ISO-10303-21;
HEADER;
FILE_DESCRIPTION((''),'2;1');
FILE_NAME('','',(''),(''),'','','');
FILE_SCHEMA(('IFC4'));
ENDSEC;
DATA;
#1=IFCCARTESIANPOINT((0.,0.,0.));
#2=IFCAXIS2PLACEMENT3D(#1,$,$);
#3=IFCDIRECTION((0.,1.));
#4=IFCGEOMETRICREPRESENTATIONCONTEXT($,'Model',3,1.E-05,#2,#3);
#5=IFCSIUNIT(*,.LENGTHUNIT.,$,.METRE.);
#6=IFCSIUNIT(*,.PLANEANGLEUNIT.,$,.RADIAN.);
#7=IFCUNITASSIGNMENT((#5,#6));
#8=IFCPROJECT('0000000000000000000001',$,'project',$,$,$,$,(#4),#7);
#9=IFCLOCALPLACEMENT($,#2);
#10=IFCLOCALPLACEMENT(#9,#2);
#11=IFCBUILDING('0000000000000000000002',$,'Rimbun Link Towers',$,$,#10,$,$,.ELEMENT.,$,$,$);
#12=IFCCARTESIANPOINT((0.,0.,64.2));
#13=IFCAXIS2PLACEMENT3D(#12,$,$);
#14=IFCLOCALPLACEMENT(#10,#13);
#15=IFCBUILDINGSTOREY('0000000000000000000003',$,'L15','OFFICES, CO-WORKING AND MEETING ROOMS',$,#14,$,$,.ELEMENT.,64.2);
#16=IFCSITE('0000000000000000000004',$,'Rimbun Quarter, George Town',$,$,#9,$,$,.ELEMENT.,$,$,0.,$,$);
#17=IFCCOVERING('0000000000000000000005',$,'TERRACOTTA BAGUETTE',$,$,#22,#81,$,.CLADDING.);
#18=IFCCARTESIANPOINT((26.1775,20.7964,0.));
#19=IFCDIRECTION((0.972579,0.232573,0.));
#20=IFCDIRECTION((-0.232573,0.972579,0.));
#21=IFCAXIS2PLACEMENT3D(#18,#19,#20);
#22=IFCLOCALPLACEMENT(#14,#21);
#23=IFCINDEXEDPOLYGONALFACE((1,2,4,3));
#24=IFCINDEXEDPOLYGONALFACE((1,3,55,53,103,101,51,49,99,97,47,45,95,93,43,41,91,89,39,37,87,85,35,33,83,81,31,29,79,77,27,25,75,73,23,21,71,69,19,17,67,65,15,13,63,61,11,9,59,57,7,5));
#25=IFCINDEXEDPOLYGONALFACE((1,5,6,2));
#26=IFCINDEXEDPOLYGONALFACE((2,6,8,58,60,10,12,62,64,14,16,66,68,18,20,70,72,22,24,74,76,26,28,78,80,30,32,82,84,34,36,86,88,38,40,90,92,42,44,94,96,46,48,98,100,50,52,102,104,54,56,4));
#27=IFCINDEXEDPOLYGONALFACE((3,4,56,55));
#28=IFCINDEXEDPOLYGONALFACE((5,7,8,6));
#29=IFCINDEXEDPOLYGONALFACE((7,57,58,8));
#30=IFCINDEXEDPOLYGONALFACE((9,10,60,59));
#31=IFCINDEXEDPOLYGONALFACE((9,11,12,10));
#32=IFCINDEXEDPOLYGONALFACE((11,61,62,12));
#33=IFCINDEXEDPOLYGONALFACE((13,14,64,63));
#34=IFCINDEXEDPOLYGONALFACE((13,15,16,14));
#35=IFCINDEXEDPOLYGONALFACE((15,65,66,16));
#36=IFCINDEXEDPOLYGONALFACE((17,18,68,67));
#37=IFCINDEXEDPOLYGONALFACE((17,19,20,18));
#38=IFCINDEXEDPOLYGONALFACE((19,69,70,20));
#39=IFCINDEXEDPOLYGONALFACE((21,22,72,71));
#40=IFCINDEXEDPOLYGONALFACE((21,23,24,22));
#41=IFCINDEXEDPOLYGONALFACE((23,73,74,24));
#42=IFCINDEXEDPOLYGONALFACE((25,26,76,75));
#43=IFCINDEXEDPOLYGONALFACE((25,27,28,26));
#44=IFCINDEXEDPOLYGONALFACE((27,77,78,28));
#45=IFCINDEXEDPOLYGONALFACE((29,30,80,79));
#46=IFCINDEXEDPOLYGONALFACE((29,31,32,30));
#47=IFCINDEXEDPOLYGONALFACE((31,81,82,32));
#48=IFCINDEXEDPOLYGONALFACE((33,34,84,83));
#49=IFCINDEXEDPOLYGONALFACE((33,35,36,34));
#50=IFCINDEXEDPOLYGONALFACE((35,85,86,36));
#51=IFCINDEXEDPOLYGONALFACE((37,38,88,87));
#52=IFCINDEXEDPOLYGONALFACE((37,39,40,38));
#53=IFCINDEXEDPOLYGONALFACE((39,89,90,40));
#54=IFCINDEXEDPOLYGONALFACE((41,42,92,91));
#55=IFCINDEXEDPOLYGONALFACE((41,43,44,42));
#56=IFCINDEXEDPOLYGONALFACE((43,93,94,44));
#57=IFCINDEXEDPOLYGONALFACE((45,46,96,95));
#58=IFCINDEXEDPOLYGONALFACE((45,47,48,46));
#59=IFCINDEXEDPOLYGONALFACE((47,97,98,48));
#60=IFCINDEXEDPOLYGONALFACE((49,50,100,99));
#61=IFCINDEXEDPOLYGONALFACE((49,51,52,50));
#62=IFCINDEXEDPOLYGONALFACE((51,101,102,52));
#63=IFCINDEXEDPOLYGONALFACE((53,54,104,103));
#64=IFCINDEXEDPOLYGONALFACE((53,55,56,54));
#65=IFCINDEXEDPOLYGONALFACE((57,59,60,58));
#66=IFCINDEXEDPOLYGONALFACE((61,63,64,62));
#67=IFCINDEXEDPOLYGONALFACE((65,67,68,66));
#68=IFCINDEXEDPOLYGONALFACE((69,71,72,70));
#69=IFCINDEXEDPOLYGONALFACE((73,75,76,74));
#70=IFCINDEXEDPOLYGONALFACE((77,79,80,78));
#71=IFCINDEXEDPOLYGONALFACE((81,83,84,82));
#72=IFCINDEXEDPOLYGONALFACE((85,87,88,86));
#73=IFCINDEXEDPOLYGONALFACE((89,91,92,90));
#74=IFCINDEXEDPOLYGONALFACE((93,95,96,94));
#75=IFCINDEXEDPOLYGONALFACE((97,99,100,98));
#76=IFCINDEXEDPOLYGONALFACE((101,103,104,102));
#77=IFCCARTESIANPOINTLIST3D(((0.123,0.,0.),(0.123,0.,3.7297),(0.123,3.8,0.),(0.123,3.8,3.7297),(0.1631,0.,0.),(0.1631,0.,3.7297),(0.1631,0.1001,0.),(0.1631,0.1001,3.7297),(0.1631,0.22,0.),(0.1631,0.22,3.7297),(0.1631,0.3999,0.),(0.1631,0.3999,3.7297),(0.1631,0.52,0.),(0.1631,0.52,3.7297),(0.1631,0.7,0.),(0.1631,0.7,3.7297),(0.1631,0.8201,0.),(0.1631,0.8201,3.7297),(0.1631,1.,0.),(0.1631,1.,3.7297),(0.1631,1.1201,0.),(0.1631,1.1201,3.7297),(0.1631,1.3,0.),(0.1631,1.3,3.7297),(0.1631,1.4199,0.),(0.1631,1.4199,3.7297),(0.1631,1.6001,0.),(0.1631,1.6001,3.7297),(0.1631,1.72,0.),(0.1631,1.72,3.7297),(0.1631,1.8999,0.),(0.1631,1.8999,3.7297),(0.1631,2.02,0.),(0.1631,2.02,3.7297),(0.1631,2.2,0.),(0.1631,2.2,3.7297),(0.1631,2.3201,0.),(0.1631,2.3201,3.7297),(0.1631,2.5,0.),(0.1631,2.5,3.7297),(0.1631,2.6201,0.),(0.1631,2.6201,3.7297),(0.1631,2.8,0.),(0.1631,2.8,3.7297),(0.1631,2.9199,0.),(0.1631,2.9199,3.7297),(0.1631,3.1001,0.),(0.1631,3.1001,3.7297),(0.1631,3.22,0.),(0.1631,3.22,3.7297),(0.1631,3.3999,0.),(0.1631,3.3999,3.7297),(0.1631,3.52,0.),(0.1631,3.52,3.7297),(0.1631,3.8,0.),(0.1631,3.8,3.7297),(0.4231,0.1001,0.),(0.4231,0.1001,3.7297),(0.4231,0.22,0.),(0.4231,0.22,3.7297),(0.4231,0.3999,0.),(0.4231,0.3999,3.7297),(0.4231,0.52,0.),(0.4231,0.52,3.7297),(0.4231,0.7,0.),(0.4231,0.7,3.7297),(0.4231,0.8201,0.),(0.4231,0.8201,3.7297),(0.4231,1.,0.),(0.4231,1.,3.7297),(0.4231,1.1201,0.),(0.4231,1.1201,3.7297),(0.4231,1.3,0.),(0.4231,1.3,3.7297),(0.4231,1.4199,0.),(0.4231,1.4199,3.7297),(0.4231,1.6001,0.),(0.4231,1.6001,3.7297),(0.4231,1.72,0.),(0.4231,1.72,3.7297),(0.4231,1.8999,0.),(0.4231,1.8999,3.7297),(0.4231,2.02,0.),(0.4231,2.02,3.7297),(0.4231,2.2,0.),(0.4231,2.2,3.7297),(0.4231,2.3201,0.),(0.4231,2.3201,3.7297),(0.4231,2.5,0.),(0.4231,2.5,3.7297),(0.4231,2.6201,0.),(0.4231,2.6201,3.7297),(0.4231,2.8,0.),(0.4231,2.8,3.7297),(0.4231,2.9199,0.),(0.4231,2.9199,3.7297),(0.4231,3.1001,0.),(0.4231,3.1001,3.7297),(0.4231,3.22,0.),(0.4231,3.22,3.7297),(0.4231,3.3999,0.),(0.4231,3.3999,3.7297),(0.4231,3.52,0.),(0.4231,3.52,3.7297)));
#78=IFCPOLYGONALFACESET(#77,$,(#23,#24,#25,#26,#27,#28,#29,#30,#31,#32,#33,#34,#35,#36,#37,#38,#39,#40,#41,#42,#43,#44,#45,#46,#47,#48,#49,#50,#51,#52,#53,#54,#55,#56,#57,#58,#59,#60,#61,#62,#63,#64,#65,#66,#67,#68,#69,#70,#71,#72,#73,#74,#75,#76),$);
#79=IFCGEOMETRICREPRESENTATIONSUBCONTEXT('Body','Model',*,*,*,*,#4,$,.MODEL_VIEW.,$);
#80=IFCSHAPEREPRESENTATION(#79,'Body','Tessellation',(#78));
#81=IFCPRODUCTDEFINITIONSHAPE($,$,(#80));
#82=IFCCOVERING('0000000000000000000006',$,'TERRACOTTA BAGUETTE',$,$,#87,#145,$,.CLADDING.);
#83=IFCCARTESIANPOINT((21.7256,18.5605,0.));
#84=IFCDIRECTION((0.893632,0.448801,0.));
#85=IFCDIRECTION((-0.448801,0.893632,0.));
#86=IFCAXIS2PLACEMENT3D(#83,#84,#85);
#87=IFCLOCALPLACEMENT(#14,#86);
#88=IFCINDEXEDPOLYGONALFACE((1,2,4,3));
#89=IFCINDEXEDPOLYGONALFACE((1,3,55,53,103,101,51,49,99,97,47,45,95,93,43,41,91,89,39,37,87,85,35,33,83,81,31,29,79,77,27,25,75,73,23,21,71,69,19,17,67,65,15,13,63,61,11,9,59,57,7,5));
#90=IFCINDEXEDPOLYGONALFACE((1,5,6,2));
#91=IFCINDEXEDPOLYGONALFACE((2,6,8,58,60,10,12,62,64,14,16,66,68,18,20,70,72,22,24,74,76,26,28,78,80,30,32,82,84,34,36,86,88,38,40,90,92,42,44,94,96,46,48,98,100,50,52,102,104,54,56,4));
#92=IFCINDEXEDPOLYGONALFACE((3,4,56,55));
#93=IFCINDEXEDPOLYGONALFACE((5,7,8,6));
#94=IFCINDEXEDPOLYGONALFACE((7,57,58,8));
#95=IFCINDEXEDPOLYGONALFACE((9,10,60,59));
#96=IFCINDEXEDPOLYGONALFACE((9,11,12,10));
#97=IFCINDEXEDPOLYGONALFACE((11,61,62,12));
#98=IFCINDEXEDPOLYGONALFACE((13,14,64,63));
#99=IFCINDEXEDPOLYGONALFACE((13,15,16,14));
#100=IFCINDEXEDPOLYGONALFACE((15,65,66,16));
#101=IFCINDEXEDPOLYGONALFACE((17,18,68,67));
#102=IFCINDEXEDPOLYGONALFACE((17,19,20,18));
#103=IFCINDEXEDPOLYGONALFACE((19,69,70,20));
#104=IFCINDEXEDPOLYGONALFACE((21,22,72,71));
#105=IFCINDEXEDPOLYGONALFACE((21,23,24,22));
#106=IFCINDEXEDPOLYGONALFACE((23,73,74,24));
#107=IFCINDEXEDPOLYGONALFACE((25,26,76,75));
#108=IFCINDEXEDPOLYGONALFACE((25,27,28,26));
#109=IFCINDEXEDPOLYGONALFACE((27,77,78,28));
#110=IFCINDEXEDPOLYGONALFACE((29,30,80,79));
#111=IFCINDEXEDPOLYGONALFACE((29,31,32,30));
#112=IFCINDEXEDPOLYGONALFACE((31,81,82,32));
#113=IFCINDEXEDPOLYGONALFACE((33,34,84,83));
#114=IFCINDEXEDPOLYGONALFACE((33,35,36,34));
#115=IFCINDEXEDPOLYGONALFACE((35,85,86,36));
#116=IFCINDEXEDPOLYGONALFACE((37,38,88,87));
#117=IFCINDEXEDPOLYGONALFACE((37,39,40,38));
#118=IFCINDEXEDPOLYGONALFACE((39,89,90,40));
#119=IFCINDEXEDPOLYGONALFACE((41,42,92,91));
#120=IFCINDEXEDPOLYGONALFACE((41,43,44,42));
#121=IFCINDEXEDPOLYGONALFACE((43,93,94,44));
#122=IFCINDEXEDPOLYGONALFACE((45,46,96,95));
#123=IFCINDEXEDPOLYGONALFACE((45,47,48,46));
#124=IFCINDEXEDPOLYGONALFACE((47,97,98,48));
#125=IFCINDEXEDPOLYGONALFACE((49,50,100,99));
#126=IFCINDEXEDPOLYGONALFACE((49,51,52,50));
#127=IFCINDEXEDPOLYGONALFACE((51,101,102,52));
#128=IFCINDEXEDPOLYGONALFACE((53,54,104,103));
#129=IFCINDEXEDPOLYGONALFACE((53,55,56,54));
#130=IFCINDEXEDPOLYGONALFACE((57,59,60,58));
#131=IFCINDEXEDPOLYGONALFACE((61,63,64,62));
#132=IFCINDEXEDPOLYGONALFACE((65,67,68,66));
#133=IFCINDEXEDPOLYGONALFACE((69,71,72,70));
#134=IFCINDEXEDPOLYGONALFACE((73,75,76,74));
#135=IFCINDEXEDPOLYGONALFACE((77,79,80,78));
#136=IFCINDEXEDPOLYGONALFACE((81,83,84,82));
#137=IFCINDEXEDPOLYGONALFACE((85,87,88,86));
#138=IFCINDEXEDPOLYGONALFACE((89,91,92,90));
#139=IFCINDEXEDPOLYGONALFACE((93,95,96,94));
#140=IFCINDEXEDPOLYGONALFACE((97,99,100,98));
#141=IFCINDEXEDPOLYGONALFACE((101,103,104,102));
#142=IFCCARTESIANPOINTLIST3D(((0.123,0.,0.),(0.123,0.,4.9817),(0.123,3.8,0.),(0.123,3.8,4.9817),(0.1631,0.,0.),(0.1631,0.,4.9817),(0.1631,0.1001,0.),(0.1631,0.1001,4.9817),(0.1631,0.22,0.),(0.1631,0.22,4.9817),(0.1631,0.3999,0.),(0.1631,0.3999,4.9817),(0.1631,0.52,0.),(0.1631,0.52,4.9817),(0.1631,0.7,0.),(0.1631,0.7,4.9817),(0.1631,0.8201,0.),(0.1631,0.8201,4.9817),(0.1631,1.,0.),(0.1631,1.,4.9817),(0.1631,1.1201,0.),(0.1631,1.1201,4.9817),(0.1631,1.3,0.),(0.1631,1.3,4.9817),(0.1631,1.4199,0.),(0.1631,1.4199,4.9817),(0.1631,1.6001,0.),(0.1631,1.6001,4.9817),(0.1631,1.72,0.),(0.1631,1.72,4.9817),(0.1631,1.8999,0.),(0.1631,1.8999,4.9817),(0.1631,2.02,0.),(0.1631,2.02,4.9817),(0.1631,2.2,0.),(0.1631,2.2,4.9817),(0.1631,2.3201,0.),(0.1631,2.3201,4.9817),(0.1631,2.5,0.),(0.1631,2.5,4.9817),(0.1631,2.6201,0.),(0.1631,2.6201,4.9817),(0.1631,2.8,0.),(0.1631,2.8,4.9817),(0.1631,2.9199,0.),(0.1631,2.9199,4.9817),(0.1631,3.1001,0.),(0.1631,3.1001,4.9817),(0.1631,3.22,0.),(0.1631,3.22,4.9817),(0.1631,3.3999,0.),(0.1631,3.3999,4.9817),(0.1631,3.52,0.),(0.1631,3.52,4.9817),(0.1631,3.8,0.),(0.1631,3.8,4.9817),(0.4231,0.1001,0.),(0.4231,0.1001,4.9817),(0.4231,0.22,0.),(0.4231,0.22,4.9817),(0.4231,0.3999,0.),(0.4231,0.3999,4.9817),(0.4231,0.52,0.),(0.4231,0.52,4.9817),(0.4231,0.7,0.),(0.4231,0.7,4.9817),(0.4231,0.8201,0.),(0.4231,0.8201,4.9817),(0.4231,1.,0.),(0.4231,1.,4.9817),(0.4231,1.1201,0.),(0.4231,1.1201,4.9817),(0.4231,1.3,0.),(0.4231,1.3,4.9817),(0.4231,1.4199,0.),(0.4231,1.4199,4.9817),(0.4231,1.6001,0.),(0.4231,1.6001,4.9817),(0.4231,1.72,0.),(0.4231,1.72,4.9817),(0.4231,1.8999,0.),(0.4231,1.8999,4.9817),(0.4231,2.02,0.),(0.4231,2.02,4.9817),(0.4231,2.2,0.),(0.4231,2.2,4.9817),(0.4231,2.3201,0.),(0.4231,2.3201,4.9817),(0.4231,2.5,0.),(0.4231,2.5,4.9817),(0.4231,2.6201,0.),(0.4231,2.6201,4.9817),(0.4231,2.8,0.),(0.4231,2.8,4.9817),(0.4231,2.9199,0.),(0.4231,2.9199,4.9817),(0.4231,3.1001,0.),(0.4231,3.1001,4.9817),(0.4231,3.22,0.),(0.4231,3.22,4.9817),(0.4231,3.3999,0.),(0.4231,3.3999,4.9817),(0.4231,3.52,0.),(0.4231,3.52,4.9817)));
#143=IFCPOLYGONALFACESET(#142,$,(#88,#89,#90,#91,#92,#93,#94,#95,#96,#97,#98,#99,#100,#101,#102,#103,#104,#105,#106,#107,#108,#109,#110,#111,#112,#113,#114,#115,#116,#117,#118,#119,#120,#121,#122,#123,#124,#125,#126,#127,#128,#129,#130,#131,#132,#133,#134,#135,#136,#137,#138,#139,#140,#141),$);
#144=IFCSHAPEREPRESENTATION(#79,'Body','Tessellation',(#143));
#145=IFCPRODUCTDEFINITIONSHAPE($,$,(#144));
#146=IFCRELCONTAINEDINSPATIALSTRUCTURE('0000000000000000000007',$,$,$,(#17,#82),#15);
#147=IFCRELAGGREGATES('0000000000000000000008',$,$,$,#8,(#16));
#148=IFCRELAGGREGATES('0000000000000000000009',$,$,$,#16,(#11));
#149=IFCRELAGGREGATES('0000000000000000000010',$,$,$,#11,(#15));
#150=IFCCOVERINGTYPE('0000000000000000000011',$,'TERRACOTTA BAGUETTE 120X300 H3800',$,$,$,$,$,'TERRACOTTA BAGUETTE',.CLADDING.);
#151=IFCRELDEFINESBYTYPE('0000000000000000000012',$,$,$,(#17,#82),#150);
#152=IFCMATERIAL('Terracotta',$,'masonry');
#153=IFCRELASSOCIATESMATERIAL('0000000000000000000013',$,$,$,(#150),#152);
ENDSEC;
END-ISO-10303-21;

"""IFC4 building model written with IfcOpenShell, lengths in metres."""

from ifc_helpers import new_model, si_unit, direction, frame, origin, place, context, subcontext, project, spatial, polyline, outline, extrude, material, material_profile, profile_set, type_object, element, save


model = new_model("IFC4")

# Units and contexts
model_context = context("Model", 3, precision=1e-05, world=origin(), true_north=direction((0.0, 1.0)))
body_context = subcontext(model_context, "Body", "Model", "MODEL_VIEW")
ifc_project = project(units=[si_unit("LENGTHUNIT", "METRE"), si_unit("PLANEANGLEUNIT", "RADIAN")], contexts=[model_context])

# Site, building, storey
site_placement = place(None, origin())
site = spatial("IfcSite", under=ifc_project, at=site_placement, Name="Rimbun Quarter, George Town", CompositionType="ELEMENT", RefElevation=0.0)
building_placement = place(site_placement, origin())
building = spatial("IfcBuilding", under=site, at=building_placement, Name="Rimbun Link Towers", CompositionType="ELEMENT")
storey_placement = place(building_placement, frame((0.0, 0.0, 64.2)))
storey = spatial("IfcBuildingStorey", under=building, at=storey_placement, Name="L15", Description="OFFICES, CO-WORKING AND MEETING ROOMS", CompositionType="ELEMENT", Elevation=64.2)

# Coverings
ifc_material_1 = material(Name="Terracotta", Category="masonry")
ifc_material_profile_1 = material_profile(ifc_material_1, outline(polyline([(0.123, 0.0), (0.1631, 0.0), (0.1631, 0.1001), (0.4231, 0.1001), (0.4231, 0.22), (0.1631, 0.22), (0.1631, 0.3999), (0.4231, 0.3999), (0.4231, 0.52), (0.1631, 0.52), (0.1631, 0.7), (0.4231, 0.7), (0.4231, 0.8201), (0.1631, 0.8201), (0.1631, 1.0), (0.4231, 1.0), (0.4231, 1.1201), (0.1631, 1.1201), (0.1631, 1.3), (0.4231, 1.3), (0.4231, 1.4199), (0.1631, 1.4199), (0.1631, 1.6001), (0.4231, 1.6001), (0.4231, 1.72), (0.1631, 1.72), (0.1631, 1.8999), (0.4231, 1.8999), (0.4231, 2.02), (0.1631, 2.02), (0.1631, 2.2), (0.4231, 2.2), (0.4231, 2.3201), (0.1631, 2.3201), (0.1631, 2.5), (0.4231, 2.5), (0.4231, 2.6201), (0.1631, 2.6201), (0.1631, 2.8), (0.4231, 2.8), (0.4231, 2.9199), (0.1631, 2.9199), (0.1631, 3.1001), (0.4231, 3.1001), (0.4231, 3.22), (0.1631, 3.22), (0.1631, 3.3999), (0.4231, 3.3999), (0.4231, 3.52), (0.1631, 3.52), (0.1631, 3.8), (0.123, 3.8), (0.123, 0.0)])), Name="BAGUETTE 120X300")
ifc_profile_set_1 = profile_set([ifc_material_profile_1], Name="Terracotta")
covering_type = type_object("IfcCoveringType", Name="TERRACOTTA BAGUETTE 120X300 H3800", ElementType="TERRACOTTA BAGUETTE", PredefinedType="CLADDING", material=ifc_profile_set_1)
covering_1_placement = place(storey_placement, frame((26.1775, 20.7964, 0.0), z_axis=(0.972579, 0.232573, 0.0), x_axis=(-0.232573, 0.972579, 0.0)))
element("IfcCovering", 1, at=covering_1_placement, inside=storey, type_object=covering_type, Name="TERRACOTTA BAGUETTE", PredefinedType="CLADDING", context=body_context, shape_type="SweptSolid", body=[
    extrude(outline(polyline([(0.123, 0.0), (0.1631, 0.0), (0.1631, 0.1001), (0.4231, 0.1001), (0.4231, 0.22), (0.1631, 0.22), (0.1631, 0.3999), (0.4231, 0.3999), (0.4231, 0.52), (0.1631, 0.52), (0.1631, 0.7), (0.4231, 0.7), (0.4231, 0.8201), (0.1631, 0.8201), (0.1631, 1.0), (0.4231, 1.0), (0.4231, 1.1201), (0.1631, 1.1201), (0.1631, 1.3), (0.4231, 1.3), (0.4231, 1.4199), (0.1631, 1.4199), (0.1631, 1.6001), (0.4231, 1.6001), (0.4231, 1.72), (0.1631, 1.72), (0.1631, 1.8999), (0.4231, 1.8999), (0.4231, 2.02), (0.1631, 2.02), (0.1631, 2.2), (0.4231, 2.2), (0.4231, 2.3201), (0.1631, 2.3201), (0.1631, 2.5), (0.4231, 2.5), (0.4231, 2.6201), (0.1631, 2.6201), (0.1631, 2.8), (0.4231, 2.8), (0.4231, 2.9199), (0.1631, 2.9199), (0.1631, 3.1001), (0.4231, 3.1001), (0.4231, 3.22), (0.1631, 3.22), (0.1631, 3.3999), (0.4231, 3.3999), (0.4231, 3.52), (0.1631, 3.52), (0.1631, 3.8), (0.123, 3.8), (0.123, 0.0)])), origin(), (0.0, 0.0, 1.0), 3.7297),
])
covering_2_placement = place(storey_placement, frame((21.7256, 18.5605, 0.0), z_axis=(0.893632, 0.448801, 0.0), x_axis=(-0.448801, 0.893632, 0.0)))
element("IfcCovering", 2, at=covering_2_placement, inside=storey, type_object=covering_type, Name="TERRACOTTA BAGUETTE", PredefinedType="CLADDING", context=body_context, shape_type="SweptSolid", body=[
    extrude(outline(polyline([(0.123, 0.0), (0.1631, 0.0), (0.1631, 0.1001), (0.4231, 0.1001), (0.4231, 0.22), (0.1631, 0.22), (0.1631, 0.3999), (0.4231, 0.3999), (0.4231, 0.52), (0.1631, 0.52), (0.1631, 0.7), (0.4231, 0.7), (0.4231, 0.8201), (0.1631, 0.8201), (0.1631, 1.0), (0.4231, 1.0), (0.4231, 1.1201), (0.1631, 1.1201), (0.1631, 1.3), (0.4231, 1.3), (0.4231, 1.4199), (0.1631, 1.4199), (0.1631, 1.6001), (0.4231, 1.6001), (0.4231, 1.72), (0.1631, 1.72), (0.1631, 1.8999), (0.4231, 1.8999), (0.4231, 2.02), (0.1631, 2.02), (0.1631, 2.2), (0.4231, 2.2), (0.4231, 2.3201), (0.1631, 2.3201), (0.1631, 2.5), (0.4231, 2.5), (0.4231, 2.6201), (0.1631, 2.6201), (0.1631, 2.8), (0.4231, 2.8), (0.4231, 2.9199), (0.1631, 2.9199), (0.1631, 3.1001), (0.4231, 3.1001), (0.4231, 3.22), (0.1631, 3.22), (0.1631, 3.3999), (0.4231, 3.3999), (0.4231, 3.52), (0.1631, 3.52), (0.1631, 3.8), (0.123, 3.8), (0.123, 0.0)])), origin(), (0.0, 0.0, 1.0), 4.9817),
])

save(model, "model.ifc")
